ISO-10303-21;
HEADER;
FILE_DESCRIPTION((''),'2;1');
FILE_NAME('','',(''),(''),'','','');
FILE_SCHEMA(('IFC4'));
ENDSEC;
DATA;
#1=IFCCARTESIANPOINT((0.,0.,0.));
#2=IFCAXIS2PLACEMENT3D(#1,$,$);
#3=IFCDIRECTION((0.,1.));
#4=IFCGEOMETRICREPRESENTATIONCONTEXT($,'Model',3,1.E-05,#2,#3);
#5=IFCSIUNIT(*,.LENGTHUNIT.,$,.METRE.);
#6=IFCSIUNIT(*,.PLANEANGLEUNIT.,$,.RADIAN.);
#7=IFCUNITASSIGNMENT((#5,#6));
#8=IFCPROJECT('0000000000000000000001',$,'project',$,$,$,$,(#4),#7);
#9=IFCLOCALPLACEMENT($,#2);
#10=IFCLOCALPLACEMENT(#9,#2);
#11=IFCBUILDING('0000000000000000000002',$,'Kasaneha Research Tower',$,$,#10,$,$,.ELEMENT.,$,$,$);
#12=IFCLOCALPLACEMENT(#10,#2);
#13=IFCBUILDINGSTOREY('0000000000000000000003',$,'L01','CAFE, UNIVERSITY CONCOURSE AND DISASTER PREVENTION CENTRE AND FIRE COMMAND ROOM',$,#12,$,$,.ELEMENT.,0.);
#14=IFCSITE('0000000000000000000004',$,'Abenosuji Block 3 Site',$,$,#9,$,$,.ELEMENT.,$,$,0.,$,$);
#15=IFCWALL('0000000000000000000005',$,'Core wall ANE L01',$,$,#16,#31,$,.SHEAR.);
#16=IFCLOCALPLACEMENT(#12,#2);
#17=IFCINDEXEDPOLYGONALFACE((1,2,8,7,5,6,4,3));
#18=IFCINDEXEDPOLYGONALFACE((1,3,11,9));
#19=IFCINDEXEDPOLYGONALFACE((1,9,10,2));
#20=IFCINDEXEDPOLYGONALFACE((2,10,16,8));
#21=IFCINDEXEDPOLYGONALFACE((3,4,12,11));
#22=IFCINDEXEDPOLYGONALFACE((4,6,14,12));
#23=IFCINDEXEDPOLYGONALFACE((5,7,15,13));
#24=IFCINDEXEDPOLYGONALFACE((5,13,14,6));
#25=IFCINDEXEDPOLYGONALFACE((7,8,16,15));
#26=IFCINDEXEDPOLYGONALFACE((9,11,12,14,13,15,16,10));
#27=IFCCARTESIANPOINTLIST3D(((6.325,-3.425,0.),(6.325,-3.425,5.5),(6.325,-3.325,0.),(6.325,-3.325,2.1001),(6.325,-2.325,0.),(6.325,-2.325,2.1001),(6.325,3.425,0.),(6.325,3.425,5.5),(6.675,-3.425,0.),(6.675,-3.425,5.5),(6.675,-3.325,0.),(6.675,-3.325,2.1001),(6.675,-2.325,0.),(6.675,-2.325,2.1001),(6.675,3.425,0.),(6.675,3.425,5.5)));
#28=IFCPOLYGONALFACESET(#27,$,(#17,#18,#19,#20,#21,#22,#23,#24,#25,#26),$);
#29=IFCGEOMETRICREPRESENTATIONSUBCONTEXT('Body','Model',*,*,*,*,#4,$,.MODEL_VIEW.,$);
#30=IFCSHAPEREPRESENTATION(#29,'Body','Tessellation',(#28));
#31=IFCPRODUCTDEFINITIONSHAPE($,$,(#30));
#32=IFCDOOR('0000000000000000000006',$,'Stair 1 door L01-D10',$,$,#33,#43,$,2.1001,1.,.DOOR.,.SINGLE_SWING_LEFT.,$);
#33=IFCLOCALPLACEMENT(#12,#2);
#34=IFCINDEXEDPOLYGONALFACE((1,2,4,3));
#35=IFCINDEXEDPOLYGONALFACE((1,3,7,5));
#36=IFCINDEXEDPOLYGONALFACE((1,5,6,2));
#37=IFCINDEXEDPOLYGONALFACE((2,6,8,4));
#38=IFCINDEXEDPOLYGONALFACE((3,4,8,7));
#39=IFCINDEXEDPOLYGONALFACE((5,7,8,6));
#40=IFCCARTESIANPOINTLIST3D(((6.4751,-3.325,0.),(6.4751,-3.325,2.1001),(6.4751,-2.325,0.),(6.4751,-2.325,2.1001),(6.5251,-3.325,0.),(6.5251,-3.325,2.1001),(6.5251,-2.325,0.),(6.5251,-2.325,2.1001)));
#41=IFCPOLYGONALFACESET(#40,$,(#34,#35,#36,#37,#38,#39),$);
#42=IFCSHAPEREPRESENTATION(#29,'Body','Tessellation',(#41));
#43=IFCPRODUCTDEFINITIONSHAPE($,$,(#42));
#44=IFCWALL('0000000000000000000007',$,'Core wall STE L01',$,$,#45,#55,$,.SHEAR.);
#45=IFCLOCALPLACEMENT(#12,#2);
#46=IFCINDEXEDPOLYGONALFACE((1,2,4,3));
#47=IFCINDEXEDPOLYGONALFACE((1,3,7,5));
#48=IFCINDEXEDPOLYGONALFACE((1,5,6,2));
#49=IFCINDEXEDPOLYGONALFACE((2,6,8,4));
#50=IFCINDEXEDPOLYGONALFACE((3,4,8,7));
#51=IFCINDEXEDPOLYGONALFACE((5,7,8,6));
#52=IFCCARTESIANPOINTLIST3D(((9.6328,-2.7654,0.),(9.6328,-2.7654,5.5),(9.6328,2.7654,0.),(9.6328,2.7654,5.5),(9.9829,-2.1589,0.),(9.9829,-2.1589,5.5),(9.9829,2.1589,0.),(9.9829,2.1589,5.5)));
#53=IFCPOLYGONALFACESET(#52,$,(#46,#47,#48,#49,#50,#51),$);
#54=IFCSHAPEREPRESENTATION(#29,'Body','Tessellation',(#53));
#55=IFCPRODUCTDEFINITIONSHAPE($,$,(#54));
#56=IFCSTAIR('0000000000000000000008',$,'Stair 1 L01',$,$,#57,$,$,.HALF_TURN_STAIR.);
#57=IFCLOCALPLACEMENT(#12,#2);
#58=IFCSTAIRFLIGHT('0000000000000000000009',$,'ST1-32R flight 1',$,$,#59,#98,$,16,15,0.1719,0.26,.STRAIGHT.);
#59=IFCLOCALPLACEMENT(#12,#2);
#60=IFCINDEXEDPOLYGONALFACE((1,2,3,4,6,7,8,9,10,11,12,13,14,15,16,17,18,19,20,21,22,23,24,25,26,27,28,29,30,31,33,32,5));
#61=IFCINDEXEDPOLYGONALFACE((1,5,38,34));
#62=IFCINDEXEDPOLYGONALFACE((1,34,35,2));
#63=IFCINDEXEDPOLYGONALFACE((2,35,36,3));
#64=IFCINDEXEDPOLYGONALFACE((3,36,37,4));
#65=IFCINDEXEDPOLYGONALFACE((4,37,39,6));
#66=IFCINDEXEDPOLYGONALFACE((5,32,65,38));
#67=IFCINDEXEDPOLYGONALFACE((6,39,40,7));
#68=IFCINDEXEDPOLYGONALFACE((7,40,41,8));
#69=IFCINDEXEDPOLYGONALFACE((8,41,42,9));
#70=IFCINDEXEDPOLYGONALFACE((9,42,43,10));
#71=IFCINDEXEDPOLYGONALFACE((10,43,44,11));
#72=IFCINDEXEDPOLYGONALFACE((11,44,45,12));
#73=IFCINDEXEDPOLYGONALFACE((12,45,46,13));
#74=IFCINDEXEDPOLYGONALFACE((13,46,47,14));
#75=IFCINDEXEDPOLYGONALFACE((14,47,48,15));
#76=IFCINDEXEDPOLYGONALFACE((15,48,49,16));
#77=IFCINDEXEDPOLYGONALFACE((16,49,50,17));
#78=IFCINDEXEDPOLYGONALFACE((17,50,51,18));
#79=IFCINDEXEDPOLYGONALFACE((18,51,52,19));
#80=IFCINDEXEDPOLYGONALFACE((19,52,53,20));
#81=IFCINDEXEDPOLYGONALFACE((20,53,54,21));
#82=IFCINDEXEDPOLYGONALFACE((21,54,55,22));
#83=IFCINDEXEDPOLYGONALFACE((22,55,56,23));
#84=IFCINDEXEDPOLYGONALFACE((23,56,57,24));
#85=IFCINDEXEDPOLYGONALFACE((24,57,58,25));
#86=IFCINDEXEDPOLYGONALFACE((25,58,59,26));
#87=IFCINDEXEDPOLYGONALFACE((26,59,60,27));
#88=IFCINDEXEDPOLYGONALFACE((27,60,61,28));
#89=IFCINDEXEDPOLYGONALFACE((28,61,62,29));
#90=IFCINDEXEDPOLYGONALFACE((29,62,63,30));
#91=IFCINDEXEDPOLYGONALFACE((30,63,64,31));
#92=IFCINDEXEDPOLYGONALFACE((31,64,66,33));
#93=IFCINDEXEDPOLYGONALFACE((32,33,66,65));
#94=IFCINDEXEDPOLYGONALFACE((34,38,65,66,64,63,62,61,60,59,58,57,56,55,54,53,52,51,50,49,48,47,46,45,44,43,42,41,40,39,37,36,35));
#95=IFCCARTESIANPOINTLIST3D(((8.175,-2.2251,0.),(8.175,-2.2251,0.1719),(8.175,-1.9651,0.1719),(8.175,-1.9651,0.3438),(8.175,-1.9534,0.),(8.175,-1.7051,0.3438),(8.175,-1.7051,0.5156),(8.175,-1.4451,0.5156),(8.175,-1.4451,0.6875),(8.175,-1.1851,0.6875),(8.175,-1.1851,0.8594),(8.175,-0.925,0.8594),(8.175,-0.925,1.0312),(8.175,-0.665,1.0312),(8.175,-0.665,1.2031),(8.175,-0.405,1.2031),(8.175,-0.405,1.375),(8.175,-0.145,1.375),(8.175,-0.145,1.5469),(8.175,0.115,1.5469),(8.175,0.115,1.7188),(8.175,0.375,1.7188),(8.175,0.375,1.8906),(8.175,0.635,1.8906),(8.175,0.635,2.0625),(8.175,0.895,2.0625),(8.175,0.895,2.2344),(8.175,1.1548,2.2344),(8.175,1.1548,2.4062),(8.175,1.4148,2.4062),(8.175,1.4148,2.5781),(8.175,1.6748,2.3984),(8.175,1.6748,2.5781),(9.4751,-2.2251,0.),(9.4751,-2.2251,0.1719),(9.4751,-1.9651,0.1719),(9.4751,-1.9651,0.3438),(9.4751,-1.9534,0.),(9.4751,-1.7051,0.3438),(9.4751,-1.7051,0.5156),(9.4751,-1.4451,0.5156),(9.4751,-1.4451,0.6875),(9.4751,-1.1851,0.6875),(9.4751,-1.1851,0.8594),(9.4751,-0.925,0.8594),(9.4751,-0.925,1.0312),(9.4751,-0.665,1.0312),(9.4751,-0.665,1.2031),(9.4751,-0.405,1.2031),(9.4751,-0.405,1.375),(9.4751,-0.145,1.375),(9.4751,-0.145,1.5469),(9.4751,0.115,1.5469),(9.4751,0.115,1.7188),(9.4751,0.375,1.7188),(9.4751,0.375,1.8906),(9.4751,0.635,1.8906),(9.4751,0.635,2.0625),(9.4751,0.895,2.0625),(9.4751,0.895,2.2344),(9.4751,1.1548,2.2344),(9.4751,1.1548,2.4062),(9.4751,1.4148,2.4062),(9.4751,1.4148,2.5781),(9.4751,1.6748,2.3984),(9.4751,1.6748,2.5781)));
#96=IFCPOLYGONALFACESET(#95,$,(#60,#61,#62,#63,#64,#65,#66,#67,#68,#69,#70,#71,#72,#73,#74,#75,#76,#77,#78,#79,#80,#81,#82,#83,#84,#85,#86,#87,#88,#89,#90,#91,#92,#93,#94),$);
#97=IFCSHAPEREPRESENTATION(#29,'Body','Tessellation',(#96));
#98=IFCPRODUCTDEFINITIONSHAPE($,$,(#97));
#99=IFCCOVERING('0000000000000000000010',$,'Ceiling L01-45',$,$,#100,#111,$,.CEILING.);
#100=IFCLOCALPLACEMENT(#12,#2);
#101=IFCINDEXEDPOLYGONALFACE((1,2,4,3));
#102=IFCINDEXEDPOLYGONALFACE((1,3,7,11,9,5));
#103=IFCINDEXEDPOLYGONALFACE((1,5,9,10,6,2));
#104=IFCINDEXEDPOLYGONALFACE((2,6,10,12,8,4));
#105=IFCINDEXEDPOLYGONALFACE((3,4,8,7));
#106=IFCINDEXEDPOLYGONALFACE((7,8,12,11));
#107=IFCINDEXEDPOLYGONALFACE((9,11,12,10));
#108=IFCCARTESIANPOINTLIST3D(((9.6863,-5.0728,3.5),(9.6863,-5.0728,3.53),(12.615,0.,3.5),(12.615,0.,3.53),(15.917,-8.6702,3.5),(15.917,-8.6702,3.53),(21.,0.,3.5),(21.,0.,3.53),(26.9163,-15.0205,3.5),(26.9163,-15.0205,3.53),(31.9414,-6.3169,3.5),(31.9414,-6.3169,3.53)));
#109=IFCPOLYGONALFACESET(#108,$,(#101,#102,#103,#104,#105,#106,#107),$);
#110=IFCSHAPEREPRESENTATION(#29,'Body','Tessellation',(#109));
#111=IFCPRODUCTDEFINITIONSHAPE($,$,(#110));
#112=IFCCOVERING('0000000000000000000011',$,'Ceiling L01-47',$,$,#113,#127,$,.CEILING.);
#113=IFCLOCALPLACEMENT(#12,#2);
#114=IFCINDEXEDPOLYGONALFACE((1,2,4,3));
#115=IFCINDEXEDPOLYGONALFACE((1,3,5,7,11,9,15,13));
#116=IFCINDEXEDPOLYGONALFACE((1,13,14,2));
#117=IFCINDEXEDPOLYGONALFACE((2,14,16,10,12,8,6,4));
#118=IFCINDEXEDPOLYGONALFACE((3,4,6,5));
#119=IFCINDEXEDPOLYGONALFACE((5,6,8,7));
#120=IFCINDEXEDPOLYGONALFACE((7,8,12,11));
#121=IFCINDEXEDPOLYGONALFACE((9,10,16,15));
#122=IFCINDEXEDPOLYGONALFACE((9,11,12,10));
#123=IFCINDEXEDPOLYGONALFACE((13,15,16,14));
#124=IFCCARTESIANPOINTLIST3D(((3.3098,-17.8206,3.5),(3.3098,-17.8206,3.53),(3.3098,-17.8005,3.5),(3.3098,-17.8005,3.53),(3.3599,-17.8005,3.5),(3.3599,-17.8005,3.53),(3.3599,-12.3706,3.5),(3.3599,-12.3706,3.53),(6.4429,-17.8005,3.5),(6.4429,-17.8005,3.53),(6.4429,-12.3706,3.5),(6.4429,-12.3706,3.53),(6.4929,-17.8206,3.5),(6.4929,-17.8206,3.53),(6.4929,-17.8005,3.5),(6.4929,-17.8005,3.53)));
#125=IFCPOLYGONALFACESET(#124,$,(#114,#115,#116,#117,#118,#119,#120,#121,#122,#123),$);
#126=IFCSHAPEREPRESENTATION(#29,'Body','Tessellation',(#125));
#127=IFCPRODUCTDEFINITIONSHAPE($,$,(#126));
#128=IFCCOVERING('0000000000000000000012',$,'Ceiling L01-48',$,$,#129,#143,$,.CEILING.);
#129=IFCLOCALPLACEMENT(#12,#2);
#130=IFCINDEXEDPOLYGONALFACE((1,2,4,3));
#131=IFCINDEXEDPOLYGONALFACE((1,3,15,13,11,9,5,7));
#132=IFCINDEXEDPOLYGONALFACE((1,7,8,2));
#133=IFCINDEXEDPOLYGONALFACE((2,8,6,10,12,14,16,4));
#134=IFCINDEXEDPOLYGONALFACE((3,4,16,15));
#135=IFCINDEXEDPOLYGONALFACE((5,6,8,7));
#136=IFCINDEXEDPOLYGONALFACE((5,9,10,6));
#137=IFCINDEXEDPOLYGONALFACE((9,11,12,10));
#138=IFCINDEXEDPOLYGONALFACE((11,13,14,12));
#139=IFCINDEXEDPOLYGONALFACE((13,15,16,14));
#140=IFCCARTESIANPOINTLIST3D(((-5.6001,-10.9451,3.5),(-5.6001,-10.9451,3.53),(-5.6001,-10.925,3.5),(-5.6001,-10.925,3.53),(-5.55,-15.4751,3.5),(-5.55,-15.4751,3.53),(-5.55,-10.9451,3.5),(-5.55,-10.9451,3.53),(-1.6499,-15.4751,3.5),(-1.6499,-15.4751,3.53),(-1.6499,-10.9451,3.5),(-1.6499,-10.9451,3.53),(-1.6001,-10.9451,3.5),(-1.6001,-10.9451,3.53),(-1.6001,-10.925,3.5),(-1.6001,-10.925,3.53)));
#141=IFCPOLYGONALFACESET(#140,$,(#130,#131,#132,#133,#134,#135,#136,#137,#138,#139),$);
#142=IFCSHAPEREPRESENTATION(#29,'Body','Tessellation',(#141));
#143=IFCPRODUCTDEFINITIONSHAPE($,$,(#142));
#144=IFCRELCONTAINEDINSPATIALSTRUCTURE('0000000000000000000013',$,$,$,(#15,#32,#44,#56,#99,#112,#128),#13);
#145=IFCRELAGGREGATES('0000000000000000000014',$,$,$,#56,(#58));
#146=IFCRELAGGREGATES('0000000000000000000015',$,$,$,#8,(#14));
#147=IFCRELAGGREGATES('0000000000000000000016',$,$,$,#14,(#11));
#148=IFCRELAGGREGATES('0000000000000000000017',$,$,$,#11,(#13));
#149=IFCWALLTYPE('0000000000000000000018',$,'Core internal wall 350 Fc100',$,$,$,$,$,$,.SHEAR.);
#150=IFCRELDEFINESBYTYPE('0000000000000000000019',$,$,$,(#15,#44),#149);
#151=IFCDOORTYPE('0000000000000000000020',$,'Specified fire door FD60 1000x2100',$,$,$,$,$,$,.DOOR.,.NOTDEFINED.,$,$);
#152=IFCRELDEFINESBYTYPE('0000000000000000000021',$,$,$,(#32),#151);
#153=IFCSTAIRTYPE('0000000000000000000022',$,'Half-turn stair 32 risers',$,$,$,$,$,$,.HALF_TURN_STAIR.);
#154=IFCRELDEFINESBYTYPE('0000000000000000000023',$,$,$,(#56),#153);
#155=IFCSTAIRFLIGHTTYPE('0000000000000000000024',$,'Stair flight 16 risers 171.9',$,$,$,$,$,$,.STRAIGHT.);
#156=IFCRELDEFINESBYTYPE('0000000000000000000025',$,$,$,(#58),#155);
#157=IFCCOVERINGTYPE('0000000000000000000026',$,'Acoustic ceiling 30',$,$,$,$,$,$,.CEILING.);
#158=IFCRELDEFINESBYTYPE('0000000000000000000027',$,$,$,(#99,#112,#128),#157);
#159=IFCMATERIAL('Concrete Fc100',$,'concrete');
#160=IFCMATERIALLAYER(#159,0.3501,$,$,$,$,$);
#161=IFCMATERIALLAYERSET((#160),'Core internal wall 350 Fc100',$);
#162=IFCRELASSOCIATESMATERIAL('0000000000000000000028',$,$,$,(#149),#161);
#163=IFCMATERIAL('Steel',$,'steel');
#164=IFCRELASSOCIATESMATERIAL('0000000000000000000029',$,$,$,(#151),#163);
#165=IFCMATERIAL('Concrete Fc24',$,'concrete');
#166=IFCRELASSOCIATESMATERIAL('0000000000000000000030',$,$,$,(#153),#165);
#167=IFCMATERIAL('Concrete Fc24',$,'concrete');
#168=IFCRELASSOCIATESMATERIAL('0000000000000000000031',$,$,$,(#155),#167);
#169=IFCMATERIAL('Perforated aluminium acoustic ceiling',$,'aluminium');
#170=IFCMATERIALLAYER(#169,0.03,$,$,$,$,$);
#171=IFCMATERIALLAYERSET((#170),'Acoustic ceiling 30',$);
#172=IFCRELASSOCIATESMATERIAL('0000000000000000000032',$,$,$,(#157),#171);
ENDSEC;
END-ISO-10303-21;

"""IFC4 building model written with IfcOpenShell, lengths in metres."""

from ifc_helpers import new_model, si_unit, direction, frame, frame_2d, origin, place, context, subcontext, project, spatial, polyline, rectangle, outline, extrude, material, layer, layer_set, type_object, element, fill, aggregate, save


model = new_model("IFC4")

# Units and contexts
model_context = context("Model", 3, precision=1e-05, world=origin(), true_north=direction((0.0, 1.0)))
body_context = subcontext(model_context, "Body", "Model", "MODEL_VIEW")
ifc_project = project(units=[si_unit("LENGTHUNIT", "METRE"), si_unit("PLANEANGLEUNIT", "RADIAN")], contexts=[model_context])

# Site, building, storey
site_placement = place(None, origin())
site = spatial("IfcSite", under=ifc_project, at=site_placement, Name="Abenosuji Block 3 Site", CompositionType="ELEMENT", RefElevation=0.0)
building_placement = place(site_placement, origin())
building = spatial("IfcBuilding", under=site, at=building_placement, Name="Kasaneha Research Tower", CompositionType="ELEMENT")
storey_placement = place(building_placement, origin())
storey = spatial("IfcBuildingStorey", under=building, at=storey_placement, Name="L01", Description="CAFE, UNIVERSITY CONCOURSE AND DISASTER PREVENTION CENTRE AND FIRE COMMAND ROOM", CompositionType="ELEMENT", Elevation=0.0)

# Wall, opening, door
ifc_material_1 = material(Name="Concrete Fc100", Category="concrete")
ifc_layer_1 = layer(ifc_material_1, 0.3501)
ifc_layer_set_1 = layer_set([ifc_layer_1], Name="Core internal wall 350 Fc100")
wall_type = type_object("IfcWallType", Name="Core internal wall 350 Fc100", PredefinedType="SHEAR", material=ifc_layer_set_1)
wall_1_placement = place(storey_placement, frame((6.5, -3.425, 0.0), z_axis=(0.0, 0.0, 1.0), x_axis=(0.0, 1.0, 0.0)))
wall_1 = element("IfcWall", 1, at=wall_1_placement, inside=storey, type_object=wall_type, Name="Core wall ANE L01", PredefinedType="SHEAR", context=body_context, shape_type="SweptSolid", body=[
    extrude(rectangle(XDim=6.8501, YDim=0.3501, at=frame_2d((3.425, 0.0))), origin(), (0.0, 0.0, 1.0), 5.5),
])
opening_placement = place(wall_1_placement, frame((0.1001, 0.0, 0.0)))
opening = element("IfcOpeningElement", 2, at=opening_placement, cuts=wall_1, PredefinedType="OPENING", context=body_context, shape_type="SweptSolid", body=[
    extrude(rectangle(XDim=1.0, YDim=2.1001, at=frame_2d((0.5, 1.05))), frame((0.0, 0.1851, 0.0), z_axis=(0.0, -1.0, 0.0), x_axis=(1.0, 0.0, 0.0)), (0.0, 0.0, 1.0), 0.3701),
])
ifc_material_2 = material(Name="Steel", Category="steel")
door_type = type_object("IfcDoorType", Name="Specified fire door FD60 1000x2100", OperationType="NOTDEFINED", PredefinedType="DOOR", material=ifc_material_2)
door_placement = place(opening_placement, origin())
door = element("IfcDoor", 3, at=door_placement, inside=storey, type_object=door_type, Name="Stair 1 door L01-D10", OperationType="SINGLE_SWING_LEFT", OverallHeight=2.1001, OverallWidth=1.0, PredefinedType="DOOR", context=body_context, shape_type="SweptSolid", body=[
    extrude(rectangle(XDim=1.0, YDim=2.1001, at=frame_2d((0.5, 1.05))), frame((0.0, 0.0249, 0.0), z_axis=(0.0, -1.0, 0.0), x_axis=(1.0, 0.0, 0.0)), (0.0, 0.0, 1.0), 0.05),
])
fill(opening, door)

# Wall
wall_2_placement = place(storey_placement, frame((9.8079, -2.4622, 0.0), z_axis=(0.0, 0.0, 1.0), x_axis=(0.0, 1.0, 0.0)))
element("IfcWall", 4, at=wall_2_placement, inside=storey, type_object=wall_type, Name="Core wall STE L01", PredefinedType="SHEAR", context=body_context, shape_type="SweptSolid", body=[
    extrude(outline(polyline([(0.3032, -0.175), (4.6211, -0.175), (5.2275, 0.175), (-0.3032, 0.175), (0.3032, -0.175)])), origin(), (0.0, 0.0, 1.0), 5.5),
])

# Stair, stair flight
ifc_material_3 = material(Name="Concrete Fc24", Category="concrete")
stair_type = type_object("IfcStairType", Name="Half-turn stair 32 risers", PredefinedType="HALF_TURN_STAIR", material=ifc_material_3)
stair_placement = place(storey_placement, origin())
stair = element("IfcStair", 5, at=stair_placement, inside=storey, type_object=stair_type, Name="Stair 1 L01", PredefinedType="HALF_TURN_STAIR")
ifc_material_4 = material(Name="Concrete Fc24", Category="concrete")
stair_flight_type = type_object("IfcStairFlightType", Name="Stair flight 16 risers 171.9", PredefinedType="STRAIGHT", material=ifc_material_4)
stair_flight_placement = place(storey_placement, frame((8.825, -2.2251, 0.0), z_axis=(0.0, 0.0, 1.0), x_axis=(0.0, 1.0, 0.0)))
stair_flight = element("IfcStairFlight", 6, at=stair_flight_placement, type_object=stair_flight_type, Name="ST1-32R flight 1", NumberOfRisers=16, NumberOfTreads=15, PredefinedType="STRAIGHT", RiserHeight=0.1719, TreadLength=0.26, context=body_context, shape_type="SweptSolid", body=[
    extrude(outline(polyline([(0.0, 0.0), (0.0, 0.1719), (0.26, 0.1719), (0.26, 0.3438), (0.52, 0.3438), (0.52, 0.5156), (0.78, 0.5156), (0.78, 0.6875), (1.04, 0.6875), (1.04, 0.8594), (1.3, 0.8594), (1.3, 1.0312), (1.5601, 1.0312), (1.5601, 1.2031), (1.8201, 1.2031), (1.8201, 1.375), (2.0801, 1.375), (2.0801, 1.5469), (2.3401, 1.5469), (2.3401, 1.7188), (2.6001, 1.7188), (2.6001, 1.8906), (2.8601, 1.8906), (2.8601, 2.0625), (3.1201, 2.0625), (3.1201, 2.2344), (3.3799, 2.2344), (3.3799, 2.4062), (3.6399, 2.4062), (3.6399, 2.5781), (3.8999, 2.5781), (3.8999, 2.75), (3.8999, 2.3984), (0.2717, 0.0), (0.0, 0.0)])), frame((0.0, 0.6499, 0.0), z_axis=(0.0, -1.0, 0.0), x_axis=(1.0, 0.0, 0.0)), (0.0, 0.0, 1.0), 1.3),
])
aggregate(stair, [stair_flight])

# Coverings
ifc_material_5 = material(Name="Perforated aluminium acoustic ceiling", Category="aluminium")
ifc_layer_2 = layer(ifc_material_5, 0.03)
ifc_layer_set_2 = layer_set([ifc_layer_2], Name="Acoustic ceiling 30")
covering_type_1 = type_object("IfcCoveringType", Name="Acoustic ceiling 30", PredefinedType="CEILING", material=ifc_layer_set_2)
covering_1_placement = place(storey_placement, frame((0.0, 0.0, 3.5)))
element("IfcCovering", 7, at=covering_1_placement, inside=storey, type_object=covering_type_1, Name="Ceiling L01-45", PredefinedType="CEILING", context=body_context, shape_type="SweptSolid", body=[
    extrude(outline(polyline([(9.6863, -5.0728), (12.615, 0.0), (21.0, 0.0), (31.9414, -6.3169), (26.9163, -15.0205), (15.917, -8.6702), (9.6863, -5.0728)])), origin(), (0.0, 0.0, 1.0), 0.03),
])
covering_2_placement = place(storey_placement, frame((0.0, 0.0, 3.5)))
element("IfcCovering", 8, at=covering_2_placement, inside=storey, type_object=covering_type_1, Name="Ceiling L01-47", PredefinedType="CEILING", context=body_context, shape_type="SweptSolid", body=[
    extrude(outline(polyline([(3.3098, -17.8206), (3.3098, -17.8005), (3.3599, -17.8005), (3.3599, -12.3706), (6.4429, -12.3706), (6.4429, -17.8005), (6.4929, -17.8005), (6.4929, -17.8206), (3.3098, -17.8206)])), origin(), (0.0, 0.0, 1.0), 0.03),
])
covering_3_placement = place(storey_placement, frame((0.0, 0.0, 3.5)))
element("IfcCovering", 9, at=covering_3_placement, inside=storey, type_object=covering_type_1, Name="Ceiling L01-48", PredefinedType="CEILING", context=body_context, shape_type="SweptSolid", body=[
    extrude(outline(polyline([(-1.6001, -10.925), (-1.6001, -10.9451), (-1.6499, -10.9451), (-1.6499, -15.4751), (-5.55, -15.4751), (-5.55, -10.9451), (-5.6001, -10.9451), (-5.6001, -10.925), (-1.6001, -10.925)])), origin(), (0.0, 0.0, 1.0), 0.03),
])

save(model, "model.ifc")
